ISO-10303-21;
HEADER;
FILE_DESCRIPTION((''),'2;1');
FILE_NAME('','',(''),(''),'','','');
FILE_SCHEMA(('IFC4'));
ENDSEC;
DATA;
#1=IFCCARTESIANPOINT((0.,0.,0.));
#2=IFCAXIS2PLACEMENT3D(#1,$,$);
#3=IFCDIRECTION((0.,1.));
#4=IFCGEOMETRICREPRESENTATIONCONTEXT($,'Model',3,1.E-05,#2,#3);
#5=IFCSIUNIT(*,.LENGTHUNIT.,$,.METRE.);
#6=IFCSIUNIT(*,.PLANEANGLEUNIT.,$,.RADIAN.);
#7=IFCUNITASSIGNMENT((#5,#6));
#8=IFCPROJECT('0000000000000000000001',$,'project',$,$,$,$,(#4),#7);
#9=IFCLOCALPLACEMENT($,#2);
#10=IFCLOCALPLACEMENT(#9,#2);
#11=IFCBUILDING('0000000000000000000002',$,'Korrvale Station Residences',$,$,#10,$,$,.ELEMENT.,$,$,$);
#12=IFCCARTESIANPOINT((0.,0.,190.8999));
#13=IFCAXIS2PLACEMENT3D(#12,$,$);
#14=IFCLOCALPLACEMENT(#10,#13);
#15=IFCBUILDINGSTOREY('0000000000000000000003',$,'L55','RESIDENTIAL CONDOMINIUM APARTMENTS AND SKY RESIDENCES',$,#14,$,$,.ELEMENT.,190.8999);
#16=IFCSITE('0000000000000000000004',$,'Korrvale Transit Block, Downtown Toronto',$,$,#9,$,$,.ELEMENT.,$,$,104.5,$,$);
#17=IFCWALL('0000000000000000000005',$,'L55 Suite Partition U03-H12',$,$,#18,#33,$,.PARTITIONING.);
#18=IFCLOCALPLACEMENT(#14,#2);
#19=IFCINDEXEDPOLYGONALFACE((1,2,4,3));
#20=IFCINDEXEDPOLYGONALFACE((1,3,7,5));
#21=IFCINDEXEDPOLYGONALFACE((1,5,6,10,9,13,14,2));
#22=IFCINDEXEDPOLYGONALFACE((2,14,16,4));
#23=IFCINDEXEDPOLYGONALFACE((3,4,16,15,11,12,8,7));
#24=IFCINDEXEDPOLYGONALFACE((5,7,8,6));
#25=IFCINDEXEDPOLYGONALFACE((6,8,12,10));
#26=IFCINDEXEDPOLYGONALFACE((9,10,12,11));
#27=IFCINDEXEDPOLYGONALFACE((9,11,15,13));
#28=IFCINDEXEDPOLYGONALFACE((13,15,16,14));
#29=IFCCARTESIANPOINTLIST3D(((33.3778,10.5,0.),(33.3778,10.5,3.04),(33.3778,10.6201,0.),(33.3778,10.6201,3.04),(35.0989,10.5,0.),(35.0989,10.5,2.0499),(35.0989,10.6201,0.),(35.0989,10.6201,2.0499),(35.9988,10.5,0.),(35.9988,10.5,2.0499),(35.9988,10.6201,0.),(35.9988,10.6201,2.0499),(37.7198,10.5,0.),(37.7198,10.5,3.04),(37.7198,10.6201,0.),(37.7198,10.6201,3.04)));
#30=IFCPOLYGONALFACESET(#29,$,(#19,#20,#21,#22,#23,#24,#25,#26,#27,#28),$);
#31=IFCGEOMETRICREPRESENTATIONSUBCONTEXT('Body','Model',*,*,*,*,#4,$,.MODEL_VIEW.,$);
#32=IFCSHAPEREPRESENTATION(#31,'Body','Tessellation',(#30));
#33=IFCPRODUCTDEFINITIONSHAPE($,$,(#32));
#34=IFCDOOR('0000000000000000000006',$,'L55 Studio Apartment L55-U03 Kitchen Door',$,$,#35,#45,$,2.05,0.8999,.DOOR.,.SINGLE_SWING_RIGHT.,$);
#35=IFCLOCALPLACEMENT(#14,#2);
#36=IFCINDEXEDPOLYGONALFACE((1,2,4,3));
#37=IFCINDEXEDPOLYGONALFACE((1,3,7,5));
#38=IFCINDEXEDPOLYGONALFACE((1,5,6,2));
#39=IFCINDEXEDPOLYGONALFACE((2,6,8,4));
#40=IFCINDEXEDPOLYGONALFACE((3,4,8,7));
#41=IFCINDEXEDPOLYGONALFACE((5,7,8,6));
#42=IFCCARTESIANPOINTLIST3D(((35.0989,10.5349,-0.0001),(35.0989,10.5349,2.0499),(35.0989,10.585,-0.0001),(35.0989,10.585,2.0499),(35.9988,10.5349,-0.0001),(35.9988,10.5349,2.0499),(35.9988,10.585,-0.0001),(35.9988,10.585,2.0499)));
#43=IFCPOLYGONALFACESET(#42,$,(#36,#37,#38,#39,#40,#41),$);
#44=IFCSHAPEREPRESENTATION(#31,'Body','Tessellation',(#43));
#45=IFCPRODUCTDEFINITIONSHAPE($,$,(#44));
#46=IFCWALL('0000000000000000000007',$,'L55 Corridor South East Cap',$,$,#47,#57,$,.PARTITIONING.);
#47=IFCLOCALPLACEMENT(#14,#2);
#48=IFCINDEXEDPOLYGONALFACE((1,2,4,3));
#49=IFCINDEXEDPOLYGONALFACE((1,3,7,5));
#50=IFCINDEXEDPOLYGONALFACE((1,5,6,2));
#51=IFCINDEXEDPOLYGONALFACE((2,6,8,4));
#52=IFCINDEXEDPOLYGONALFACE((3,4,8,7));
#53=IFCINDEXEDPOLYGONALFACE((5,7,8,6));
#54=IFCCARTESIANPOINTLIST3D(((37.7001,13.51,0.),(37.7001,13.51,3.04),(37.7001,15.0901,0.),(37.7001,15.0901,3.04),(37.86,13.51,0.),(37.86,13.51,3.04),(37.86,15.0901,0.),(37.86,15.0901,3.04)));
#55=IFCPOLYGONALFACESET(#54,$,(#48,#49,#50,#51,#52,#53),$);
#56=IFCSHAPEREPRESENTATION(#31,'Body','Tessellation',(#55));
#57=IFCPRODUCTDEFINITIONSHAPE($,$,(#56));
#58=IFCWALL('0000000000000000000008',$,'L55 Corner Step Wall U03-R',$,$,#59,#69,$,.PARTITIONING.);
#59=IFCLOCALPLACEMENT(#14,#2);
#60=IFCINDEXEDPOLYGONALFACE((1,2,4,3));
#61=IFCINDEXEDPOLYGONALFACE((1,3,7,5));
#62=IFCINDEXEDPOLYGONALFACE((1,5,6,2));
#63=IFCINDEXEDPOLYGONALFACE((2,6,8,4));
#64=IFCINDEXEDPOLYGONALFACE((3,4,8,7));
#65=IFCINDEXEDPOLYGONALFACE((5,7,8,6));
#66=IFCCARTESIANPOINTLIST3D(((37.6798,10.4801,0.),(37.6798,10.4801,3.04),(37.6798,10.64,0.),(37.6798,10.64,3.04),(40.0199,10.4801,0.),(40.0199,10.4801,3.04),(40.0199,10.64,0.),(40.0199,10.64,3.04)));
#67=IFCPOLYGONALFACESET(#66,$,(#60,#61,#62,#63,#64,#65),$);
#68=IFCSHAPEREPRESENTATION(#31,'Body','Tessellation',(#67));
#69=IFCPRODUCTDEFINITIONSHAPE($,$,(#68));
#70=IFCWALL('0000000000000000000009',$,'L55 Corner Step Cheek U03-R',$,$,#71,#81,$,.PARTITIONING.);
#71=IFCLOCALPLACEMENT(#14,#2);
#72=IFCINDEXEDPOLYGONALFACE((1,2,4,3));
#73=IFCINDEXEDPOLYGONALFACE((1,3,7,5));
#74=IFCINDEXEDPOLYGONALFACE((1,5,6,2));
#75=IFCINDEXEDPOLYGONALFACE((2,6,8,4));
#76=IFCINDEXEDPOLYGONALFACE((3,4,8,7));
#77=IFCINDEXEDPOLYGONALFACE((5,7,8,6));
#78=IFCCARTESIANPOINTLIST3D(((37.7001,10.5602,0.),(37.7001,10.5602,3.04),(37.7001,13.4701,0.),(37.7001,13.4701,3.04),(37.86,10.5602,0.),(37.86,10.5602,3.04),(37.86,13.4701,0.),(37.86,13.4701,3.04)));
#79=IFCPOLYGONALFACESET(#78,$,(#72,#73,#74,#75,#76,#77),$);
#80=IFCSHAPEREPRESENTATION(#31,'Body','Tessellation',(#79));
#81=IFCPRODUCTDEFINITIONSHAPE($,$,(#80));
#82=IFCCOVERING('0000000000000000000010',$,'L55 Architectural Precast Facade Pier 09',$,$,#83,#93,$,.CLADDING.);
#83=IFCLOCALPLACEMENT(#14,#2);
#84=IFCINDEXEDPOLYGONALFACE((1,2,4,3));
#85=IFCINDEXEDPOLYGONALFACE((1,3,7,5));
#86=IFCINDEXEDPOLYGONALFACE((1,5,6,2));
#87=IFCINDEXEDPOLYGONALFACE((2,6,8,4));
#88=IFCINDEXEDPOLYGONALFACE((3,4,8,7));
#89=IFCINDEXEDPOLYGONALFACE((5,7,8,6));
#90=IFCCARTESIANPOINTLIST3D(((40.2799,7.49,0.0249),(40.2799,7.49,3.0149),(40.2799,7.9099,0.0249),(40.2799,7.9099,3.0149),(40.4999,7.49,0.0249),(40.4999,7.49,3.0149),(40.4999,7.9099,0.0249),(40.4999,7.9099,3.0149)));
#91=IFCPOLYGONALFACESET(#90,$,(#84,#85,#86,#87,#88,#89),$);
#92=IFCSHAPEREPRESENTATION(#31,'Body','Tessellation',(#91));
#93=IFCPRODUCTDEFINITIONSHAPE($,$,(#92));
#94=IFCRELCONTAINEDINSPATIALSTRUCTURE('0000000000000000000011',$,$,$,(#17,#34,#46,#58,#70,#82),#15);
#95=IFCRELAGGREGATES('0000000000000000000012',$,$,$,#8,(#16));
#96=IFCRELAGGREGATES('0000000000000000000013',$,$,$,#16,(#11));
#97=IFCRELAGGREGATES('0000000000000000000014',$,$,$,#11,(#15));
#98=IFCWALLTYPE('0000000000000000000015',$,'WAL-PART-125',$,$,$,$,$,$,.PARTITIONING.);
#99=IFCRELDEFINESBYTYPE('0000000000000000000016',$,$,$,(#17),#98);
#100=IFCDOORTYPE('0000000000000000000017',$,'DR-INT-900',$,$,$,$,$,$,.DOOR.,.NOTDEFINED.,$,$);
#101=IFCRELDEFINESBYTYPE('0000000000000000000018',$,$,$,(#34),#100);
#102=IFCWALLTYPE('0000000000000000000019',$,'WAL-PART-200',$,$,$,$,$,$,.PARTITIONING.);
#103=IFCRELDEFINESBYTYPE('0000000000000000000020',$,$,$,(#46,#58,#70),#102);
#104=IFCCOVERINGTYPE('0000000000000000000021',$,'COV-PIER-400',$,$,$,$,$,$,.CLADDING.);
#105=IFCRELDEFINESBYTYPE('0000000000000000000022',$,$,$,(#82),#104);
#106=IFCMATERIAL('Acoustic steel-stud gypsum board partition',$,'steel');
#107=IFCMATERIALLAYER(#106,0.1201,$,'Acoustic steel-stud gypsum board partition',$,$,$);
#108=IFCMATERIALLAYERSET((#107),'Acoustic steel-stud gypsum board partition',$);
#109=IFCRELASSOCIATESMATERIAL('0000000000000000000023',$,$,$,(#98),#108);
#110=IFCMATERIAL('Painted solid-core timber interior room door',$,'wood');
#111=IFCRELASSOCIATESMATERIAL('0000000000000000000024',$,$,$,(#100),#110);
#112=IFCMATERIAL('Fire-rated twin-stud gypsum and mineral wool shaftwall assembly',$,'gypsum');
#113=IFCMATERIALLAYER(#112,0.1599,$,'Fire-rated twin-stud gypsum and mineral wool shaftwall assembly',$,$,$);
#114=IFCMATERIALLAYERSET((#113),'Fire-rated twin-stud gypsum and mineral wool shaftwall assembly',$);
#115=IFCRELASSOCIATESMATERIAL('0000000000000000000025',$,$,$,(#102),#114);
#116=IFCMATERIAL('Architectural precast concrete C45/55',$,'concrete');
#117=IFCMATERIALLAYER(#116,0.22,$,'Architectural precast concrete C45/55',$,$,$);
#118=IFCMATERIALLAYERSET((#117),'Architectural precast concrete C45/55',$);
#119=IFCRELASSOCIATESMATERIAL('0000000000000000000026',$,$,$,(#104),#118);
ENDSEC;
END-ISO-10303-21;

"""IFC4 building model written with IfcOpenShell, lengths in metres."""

from ifc_helpers import new_model, si_unit, direction, frame, frame_2d, origin, origin_2d, place, context, subcontext, project, spatial, rectangle, extrude, material, layer, layer_set, type_object, element, fill, save


model = new_model("IFC4")

# Units and contexts
model_context = context("Model", 3, precision=1e-05, world=origin(), true_north=direction((0.0, 1.0)))
body_context = subcontext(model_context, "Body", "Model", "MODEL_VIEW")
ifc_project = project(units=[si_unit("LENGTHUNIT", "METRE"), si_unit("PLANEANGLEUNIT", "RADIAN")], contexts=[model_context])

# Site, building, storey
site_placement = place(None, origin())
site = spatial("IfcSite", under=ifc_project, at=site_placement, Name="Korrvale Transit Block, Downtown Toronto", CompositionType="ELEMENT", RefElevation=104.5)
building_placement = place(site_placement, origin())
building = spatial("IfcBuilding", under=site, at=building_placement, Name="Korrvale Station Residences", CompositionType="ELEMENT")
storey_placement = place(building_placement, frame((0.0, 0.0, 190.8999)))
storey = spatial("IfcBuildingStorey", under=building, at=storey_placement, Name="L55", Description="RESIDENTIAL CONDOMINIUM APARTMENTS AND SKY RESIDENCES", CompositionType="ELEMENT", Elevation=190.8999)

# Wall, opening, door
ifc_material_1 = material(Name="Acoustic steel-stud gypsum board partition", Category="steel")
ifc_layer_1 = layer(ifc_material_1, 0.1201, Name="Acoustic steel-stud gypsum board partition")
ifc_layer_set_1 = layer_set([ifc_layer_1], Name="Acoustic steel-stud gypsum board partition")
wall_type_1 = type_object("IfcWallType", Name="WAL-PART-125", PredefinedType="PARTITIONING", material=ifc_layer_set_1)
wall_1_placement = place(storey_placement, frame((33.3779, 10.5601, 0.0), z_axis=(0.0, 0.0, 1.0), x_axis=(1.0, 0.0, 0.0)))
wall_1 = element("IfcWall", 1, at=wall_1_placement, inside=storey, type_object=wall_type_1, Name="L55 Suite Partition U03-H12", PredefinedType="PARTITIONING", context=body_context, shape_type="SweptSolid", body=[
    extrude(rectangle(XDim=4.342, YDim=0.1201, at=frame_2d((2.1709, 0.0))), origin(), (0.0, 0.0, 1.0), 3.04),
])
opening_1_placement = place(wall_1_placement, frame((1.7209, 0.0, 0.0)))
opening_1 = element("IfcOpeningElement", 2, at=opening_1_placement, cuts=wall_1, PredefinedType="OPENING", context=body_context, shape_type="SweptSolid", body=[
    extrude(rectangle(XDim=0.8999, YDim=2.05, at=frame_2d((0.45, 1.0249))), frame((0.0, 0.0701, 0.0), z_axis=(0.0, -1.0, 0.0), x_axis=(1.0, 0.0, 0.0)), (0.0, 0.0, 1.0), 0.1401),
])
ifc_material_2 = material(Name="Painted solid-core timber interior room door", Category="wood")
door_type_1 = type_object("IfcDoorType", Name="DR-INT-900", OperationType="NOTDEFINED", PredefinedType="DOOR", material=ifc_material_2)
door_1_placement = place(opening_1_placement, origin())
door_1 = element("IfcDoor", 3, at=door_1_placement, inside=storey, type_object=door_type_1, Name="L55 Studio Apartment L55-U03 Kitchen Door", OperationType="SINGLE_SWING_RIGHT", OverallHeight=2.05, OverallWidth=0.8999, PredefinedType="DOOR", context=body_context, shape_type="SweptSolid", body=[
    extrude(rectangle(XDim=0.8999, YDim=2.05, at=frame_2d((0.45, 1.0249))), frame((0.0, 0.0249, 0.0), z_axis=(0.0, -1.0, 0.0), x_axis=(1.0, 0.0, 0.0)), (0.0, 0.0, 1.0), 0.05),
])
fill(opening_1, door_1)

# Walls
ifc_material_3 = material(Name="Fire-rated twin-stud gypsum and mineral wool shaftwall assembly", Category="gypsum")
ifc_layer_2 = layer(ifc_material_3, 0.1599, Name="Fire-rated twin-stud gypsum and mineral wool shaftwall assembly")
ifc_layer_set_2 = layer_set([ifc_layer_2], Name="Fire-rated twin-stud gypsum and mineral wool shaftwall assembly")
wall_type_2 = type_object("IfcWallType", Name="WAL-PART-200", PredefinedType="PARTITIONING", material=ifc_layer_set_2)
wall_2_placement = place(storey_placement, frame((37.78, 13.51, 0.0), z_axis=(0.0, 0.0, 1.0), x_axis=(0.0, 1.0, 0.0)))
element("IfcWall", 4, at=wall_2_placement, inside=storey, type_object=wall_type_2, Name="L55 Corridor South East Cap", PredefinedType="PARTITIONING", context=body_context, shape_type="SweptSolid", body=[
    extrude(rectangle(XDim=1.5801, YDim=0.1599, at=frame_2d((0.79, 0.0))), origin(), (0.0, 0.0, 1.0), 3.04),
])
wall_3_placement = place(storey_placement, frame((37.6799, 10.5601, 0.0), z_axis=(0.0, 0.0, 1.0), x_axis=(1.0, 0.0, 0.0)))
element("IfcWall", 5, at=wall_3_placement, inside=storey, type_object=wall_type_2, Name="L55 Corner Step Wall U03-R", PredefinedType="PARTITIONING", context=body_context, shape_type="SweptSolid", body=[
    extrude(rectangle(XDim=2.3401, YDim=0.1599, at=frame_2d((1.1699, 0.0))), origin(), (0.0, 0.0, 1.0), 3.04),
])
wall_4_placement = place(storey_placement, frame((37.78, 10.5601, 0.0), z_axis=(0.0, 0.0, 1.0), x_axis=(0.0, 1.0, 0.0)))
element("IfcWall", 6, at=wall_4_placement, inside=storey, type_object=wall_type_2, Name="L55 Corner Step Cheek U03-R", PredefinedType="PARTITIONING", context=body_context, shape_type="SweptSolid", body=[
    extrude(rectangle(XDim=2.9099, YDim=0.1599, at=frame_2d((1.4551, 0.0))), origin(), (0.0, 0.0, 1.0), 3.04),
])

# Covering
ifc_material_4 = material(Name="Architectural precast concrete C45/55", Category="concrete")
ifc_layer_3 = layer(ifc_material_4, 0.22, Name="Architectural precast concrete C45/55")
ifc_layer_set_3 = layer_set([ifc_layer_3], Name="Architectural precast concrete C45/55")
covering_type = type_object("IfcCoveringType", Name="COV-PIER-400", PredefinedType="CLADDING", material=ifc_layer_set_3)
covering_placement = place(storey_placement, frame((40.3899, 7.7, 0.0249), z_axis=(0.0, 0.0, 1.0), x_axis=(0.0, 1.0, 0.0)))
element("IfcCovering", 7, at=covering_placement, inside=storey, type_object=covering_type, Name="L55 Architectural Precast Facade Pier 09", PredefinedType="CLADDING", context=body_context, shape_type="SweptSolid", body=[
    extrude(rectangle(XDim=0.4199, YDim=0.22, at=origin_2d()), origin(), (0.0, 0.0, 1.0), 2.99),
])

save(model, "model.ifc")
